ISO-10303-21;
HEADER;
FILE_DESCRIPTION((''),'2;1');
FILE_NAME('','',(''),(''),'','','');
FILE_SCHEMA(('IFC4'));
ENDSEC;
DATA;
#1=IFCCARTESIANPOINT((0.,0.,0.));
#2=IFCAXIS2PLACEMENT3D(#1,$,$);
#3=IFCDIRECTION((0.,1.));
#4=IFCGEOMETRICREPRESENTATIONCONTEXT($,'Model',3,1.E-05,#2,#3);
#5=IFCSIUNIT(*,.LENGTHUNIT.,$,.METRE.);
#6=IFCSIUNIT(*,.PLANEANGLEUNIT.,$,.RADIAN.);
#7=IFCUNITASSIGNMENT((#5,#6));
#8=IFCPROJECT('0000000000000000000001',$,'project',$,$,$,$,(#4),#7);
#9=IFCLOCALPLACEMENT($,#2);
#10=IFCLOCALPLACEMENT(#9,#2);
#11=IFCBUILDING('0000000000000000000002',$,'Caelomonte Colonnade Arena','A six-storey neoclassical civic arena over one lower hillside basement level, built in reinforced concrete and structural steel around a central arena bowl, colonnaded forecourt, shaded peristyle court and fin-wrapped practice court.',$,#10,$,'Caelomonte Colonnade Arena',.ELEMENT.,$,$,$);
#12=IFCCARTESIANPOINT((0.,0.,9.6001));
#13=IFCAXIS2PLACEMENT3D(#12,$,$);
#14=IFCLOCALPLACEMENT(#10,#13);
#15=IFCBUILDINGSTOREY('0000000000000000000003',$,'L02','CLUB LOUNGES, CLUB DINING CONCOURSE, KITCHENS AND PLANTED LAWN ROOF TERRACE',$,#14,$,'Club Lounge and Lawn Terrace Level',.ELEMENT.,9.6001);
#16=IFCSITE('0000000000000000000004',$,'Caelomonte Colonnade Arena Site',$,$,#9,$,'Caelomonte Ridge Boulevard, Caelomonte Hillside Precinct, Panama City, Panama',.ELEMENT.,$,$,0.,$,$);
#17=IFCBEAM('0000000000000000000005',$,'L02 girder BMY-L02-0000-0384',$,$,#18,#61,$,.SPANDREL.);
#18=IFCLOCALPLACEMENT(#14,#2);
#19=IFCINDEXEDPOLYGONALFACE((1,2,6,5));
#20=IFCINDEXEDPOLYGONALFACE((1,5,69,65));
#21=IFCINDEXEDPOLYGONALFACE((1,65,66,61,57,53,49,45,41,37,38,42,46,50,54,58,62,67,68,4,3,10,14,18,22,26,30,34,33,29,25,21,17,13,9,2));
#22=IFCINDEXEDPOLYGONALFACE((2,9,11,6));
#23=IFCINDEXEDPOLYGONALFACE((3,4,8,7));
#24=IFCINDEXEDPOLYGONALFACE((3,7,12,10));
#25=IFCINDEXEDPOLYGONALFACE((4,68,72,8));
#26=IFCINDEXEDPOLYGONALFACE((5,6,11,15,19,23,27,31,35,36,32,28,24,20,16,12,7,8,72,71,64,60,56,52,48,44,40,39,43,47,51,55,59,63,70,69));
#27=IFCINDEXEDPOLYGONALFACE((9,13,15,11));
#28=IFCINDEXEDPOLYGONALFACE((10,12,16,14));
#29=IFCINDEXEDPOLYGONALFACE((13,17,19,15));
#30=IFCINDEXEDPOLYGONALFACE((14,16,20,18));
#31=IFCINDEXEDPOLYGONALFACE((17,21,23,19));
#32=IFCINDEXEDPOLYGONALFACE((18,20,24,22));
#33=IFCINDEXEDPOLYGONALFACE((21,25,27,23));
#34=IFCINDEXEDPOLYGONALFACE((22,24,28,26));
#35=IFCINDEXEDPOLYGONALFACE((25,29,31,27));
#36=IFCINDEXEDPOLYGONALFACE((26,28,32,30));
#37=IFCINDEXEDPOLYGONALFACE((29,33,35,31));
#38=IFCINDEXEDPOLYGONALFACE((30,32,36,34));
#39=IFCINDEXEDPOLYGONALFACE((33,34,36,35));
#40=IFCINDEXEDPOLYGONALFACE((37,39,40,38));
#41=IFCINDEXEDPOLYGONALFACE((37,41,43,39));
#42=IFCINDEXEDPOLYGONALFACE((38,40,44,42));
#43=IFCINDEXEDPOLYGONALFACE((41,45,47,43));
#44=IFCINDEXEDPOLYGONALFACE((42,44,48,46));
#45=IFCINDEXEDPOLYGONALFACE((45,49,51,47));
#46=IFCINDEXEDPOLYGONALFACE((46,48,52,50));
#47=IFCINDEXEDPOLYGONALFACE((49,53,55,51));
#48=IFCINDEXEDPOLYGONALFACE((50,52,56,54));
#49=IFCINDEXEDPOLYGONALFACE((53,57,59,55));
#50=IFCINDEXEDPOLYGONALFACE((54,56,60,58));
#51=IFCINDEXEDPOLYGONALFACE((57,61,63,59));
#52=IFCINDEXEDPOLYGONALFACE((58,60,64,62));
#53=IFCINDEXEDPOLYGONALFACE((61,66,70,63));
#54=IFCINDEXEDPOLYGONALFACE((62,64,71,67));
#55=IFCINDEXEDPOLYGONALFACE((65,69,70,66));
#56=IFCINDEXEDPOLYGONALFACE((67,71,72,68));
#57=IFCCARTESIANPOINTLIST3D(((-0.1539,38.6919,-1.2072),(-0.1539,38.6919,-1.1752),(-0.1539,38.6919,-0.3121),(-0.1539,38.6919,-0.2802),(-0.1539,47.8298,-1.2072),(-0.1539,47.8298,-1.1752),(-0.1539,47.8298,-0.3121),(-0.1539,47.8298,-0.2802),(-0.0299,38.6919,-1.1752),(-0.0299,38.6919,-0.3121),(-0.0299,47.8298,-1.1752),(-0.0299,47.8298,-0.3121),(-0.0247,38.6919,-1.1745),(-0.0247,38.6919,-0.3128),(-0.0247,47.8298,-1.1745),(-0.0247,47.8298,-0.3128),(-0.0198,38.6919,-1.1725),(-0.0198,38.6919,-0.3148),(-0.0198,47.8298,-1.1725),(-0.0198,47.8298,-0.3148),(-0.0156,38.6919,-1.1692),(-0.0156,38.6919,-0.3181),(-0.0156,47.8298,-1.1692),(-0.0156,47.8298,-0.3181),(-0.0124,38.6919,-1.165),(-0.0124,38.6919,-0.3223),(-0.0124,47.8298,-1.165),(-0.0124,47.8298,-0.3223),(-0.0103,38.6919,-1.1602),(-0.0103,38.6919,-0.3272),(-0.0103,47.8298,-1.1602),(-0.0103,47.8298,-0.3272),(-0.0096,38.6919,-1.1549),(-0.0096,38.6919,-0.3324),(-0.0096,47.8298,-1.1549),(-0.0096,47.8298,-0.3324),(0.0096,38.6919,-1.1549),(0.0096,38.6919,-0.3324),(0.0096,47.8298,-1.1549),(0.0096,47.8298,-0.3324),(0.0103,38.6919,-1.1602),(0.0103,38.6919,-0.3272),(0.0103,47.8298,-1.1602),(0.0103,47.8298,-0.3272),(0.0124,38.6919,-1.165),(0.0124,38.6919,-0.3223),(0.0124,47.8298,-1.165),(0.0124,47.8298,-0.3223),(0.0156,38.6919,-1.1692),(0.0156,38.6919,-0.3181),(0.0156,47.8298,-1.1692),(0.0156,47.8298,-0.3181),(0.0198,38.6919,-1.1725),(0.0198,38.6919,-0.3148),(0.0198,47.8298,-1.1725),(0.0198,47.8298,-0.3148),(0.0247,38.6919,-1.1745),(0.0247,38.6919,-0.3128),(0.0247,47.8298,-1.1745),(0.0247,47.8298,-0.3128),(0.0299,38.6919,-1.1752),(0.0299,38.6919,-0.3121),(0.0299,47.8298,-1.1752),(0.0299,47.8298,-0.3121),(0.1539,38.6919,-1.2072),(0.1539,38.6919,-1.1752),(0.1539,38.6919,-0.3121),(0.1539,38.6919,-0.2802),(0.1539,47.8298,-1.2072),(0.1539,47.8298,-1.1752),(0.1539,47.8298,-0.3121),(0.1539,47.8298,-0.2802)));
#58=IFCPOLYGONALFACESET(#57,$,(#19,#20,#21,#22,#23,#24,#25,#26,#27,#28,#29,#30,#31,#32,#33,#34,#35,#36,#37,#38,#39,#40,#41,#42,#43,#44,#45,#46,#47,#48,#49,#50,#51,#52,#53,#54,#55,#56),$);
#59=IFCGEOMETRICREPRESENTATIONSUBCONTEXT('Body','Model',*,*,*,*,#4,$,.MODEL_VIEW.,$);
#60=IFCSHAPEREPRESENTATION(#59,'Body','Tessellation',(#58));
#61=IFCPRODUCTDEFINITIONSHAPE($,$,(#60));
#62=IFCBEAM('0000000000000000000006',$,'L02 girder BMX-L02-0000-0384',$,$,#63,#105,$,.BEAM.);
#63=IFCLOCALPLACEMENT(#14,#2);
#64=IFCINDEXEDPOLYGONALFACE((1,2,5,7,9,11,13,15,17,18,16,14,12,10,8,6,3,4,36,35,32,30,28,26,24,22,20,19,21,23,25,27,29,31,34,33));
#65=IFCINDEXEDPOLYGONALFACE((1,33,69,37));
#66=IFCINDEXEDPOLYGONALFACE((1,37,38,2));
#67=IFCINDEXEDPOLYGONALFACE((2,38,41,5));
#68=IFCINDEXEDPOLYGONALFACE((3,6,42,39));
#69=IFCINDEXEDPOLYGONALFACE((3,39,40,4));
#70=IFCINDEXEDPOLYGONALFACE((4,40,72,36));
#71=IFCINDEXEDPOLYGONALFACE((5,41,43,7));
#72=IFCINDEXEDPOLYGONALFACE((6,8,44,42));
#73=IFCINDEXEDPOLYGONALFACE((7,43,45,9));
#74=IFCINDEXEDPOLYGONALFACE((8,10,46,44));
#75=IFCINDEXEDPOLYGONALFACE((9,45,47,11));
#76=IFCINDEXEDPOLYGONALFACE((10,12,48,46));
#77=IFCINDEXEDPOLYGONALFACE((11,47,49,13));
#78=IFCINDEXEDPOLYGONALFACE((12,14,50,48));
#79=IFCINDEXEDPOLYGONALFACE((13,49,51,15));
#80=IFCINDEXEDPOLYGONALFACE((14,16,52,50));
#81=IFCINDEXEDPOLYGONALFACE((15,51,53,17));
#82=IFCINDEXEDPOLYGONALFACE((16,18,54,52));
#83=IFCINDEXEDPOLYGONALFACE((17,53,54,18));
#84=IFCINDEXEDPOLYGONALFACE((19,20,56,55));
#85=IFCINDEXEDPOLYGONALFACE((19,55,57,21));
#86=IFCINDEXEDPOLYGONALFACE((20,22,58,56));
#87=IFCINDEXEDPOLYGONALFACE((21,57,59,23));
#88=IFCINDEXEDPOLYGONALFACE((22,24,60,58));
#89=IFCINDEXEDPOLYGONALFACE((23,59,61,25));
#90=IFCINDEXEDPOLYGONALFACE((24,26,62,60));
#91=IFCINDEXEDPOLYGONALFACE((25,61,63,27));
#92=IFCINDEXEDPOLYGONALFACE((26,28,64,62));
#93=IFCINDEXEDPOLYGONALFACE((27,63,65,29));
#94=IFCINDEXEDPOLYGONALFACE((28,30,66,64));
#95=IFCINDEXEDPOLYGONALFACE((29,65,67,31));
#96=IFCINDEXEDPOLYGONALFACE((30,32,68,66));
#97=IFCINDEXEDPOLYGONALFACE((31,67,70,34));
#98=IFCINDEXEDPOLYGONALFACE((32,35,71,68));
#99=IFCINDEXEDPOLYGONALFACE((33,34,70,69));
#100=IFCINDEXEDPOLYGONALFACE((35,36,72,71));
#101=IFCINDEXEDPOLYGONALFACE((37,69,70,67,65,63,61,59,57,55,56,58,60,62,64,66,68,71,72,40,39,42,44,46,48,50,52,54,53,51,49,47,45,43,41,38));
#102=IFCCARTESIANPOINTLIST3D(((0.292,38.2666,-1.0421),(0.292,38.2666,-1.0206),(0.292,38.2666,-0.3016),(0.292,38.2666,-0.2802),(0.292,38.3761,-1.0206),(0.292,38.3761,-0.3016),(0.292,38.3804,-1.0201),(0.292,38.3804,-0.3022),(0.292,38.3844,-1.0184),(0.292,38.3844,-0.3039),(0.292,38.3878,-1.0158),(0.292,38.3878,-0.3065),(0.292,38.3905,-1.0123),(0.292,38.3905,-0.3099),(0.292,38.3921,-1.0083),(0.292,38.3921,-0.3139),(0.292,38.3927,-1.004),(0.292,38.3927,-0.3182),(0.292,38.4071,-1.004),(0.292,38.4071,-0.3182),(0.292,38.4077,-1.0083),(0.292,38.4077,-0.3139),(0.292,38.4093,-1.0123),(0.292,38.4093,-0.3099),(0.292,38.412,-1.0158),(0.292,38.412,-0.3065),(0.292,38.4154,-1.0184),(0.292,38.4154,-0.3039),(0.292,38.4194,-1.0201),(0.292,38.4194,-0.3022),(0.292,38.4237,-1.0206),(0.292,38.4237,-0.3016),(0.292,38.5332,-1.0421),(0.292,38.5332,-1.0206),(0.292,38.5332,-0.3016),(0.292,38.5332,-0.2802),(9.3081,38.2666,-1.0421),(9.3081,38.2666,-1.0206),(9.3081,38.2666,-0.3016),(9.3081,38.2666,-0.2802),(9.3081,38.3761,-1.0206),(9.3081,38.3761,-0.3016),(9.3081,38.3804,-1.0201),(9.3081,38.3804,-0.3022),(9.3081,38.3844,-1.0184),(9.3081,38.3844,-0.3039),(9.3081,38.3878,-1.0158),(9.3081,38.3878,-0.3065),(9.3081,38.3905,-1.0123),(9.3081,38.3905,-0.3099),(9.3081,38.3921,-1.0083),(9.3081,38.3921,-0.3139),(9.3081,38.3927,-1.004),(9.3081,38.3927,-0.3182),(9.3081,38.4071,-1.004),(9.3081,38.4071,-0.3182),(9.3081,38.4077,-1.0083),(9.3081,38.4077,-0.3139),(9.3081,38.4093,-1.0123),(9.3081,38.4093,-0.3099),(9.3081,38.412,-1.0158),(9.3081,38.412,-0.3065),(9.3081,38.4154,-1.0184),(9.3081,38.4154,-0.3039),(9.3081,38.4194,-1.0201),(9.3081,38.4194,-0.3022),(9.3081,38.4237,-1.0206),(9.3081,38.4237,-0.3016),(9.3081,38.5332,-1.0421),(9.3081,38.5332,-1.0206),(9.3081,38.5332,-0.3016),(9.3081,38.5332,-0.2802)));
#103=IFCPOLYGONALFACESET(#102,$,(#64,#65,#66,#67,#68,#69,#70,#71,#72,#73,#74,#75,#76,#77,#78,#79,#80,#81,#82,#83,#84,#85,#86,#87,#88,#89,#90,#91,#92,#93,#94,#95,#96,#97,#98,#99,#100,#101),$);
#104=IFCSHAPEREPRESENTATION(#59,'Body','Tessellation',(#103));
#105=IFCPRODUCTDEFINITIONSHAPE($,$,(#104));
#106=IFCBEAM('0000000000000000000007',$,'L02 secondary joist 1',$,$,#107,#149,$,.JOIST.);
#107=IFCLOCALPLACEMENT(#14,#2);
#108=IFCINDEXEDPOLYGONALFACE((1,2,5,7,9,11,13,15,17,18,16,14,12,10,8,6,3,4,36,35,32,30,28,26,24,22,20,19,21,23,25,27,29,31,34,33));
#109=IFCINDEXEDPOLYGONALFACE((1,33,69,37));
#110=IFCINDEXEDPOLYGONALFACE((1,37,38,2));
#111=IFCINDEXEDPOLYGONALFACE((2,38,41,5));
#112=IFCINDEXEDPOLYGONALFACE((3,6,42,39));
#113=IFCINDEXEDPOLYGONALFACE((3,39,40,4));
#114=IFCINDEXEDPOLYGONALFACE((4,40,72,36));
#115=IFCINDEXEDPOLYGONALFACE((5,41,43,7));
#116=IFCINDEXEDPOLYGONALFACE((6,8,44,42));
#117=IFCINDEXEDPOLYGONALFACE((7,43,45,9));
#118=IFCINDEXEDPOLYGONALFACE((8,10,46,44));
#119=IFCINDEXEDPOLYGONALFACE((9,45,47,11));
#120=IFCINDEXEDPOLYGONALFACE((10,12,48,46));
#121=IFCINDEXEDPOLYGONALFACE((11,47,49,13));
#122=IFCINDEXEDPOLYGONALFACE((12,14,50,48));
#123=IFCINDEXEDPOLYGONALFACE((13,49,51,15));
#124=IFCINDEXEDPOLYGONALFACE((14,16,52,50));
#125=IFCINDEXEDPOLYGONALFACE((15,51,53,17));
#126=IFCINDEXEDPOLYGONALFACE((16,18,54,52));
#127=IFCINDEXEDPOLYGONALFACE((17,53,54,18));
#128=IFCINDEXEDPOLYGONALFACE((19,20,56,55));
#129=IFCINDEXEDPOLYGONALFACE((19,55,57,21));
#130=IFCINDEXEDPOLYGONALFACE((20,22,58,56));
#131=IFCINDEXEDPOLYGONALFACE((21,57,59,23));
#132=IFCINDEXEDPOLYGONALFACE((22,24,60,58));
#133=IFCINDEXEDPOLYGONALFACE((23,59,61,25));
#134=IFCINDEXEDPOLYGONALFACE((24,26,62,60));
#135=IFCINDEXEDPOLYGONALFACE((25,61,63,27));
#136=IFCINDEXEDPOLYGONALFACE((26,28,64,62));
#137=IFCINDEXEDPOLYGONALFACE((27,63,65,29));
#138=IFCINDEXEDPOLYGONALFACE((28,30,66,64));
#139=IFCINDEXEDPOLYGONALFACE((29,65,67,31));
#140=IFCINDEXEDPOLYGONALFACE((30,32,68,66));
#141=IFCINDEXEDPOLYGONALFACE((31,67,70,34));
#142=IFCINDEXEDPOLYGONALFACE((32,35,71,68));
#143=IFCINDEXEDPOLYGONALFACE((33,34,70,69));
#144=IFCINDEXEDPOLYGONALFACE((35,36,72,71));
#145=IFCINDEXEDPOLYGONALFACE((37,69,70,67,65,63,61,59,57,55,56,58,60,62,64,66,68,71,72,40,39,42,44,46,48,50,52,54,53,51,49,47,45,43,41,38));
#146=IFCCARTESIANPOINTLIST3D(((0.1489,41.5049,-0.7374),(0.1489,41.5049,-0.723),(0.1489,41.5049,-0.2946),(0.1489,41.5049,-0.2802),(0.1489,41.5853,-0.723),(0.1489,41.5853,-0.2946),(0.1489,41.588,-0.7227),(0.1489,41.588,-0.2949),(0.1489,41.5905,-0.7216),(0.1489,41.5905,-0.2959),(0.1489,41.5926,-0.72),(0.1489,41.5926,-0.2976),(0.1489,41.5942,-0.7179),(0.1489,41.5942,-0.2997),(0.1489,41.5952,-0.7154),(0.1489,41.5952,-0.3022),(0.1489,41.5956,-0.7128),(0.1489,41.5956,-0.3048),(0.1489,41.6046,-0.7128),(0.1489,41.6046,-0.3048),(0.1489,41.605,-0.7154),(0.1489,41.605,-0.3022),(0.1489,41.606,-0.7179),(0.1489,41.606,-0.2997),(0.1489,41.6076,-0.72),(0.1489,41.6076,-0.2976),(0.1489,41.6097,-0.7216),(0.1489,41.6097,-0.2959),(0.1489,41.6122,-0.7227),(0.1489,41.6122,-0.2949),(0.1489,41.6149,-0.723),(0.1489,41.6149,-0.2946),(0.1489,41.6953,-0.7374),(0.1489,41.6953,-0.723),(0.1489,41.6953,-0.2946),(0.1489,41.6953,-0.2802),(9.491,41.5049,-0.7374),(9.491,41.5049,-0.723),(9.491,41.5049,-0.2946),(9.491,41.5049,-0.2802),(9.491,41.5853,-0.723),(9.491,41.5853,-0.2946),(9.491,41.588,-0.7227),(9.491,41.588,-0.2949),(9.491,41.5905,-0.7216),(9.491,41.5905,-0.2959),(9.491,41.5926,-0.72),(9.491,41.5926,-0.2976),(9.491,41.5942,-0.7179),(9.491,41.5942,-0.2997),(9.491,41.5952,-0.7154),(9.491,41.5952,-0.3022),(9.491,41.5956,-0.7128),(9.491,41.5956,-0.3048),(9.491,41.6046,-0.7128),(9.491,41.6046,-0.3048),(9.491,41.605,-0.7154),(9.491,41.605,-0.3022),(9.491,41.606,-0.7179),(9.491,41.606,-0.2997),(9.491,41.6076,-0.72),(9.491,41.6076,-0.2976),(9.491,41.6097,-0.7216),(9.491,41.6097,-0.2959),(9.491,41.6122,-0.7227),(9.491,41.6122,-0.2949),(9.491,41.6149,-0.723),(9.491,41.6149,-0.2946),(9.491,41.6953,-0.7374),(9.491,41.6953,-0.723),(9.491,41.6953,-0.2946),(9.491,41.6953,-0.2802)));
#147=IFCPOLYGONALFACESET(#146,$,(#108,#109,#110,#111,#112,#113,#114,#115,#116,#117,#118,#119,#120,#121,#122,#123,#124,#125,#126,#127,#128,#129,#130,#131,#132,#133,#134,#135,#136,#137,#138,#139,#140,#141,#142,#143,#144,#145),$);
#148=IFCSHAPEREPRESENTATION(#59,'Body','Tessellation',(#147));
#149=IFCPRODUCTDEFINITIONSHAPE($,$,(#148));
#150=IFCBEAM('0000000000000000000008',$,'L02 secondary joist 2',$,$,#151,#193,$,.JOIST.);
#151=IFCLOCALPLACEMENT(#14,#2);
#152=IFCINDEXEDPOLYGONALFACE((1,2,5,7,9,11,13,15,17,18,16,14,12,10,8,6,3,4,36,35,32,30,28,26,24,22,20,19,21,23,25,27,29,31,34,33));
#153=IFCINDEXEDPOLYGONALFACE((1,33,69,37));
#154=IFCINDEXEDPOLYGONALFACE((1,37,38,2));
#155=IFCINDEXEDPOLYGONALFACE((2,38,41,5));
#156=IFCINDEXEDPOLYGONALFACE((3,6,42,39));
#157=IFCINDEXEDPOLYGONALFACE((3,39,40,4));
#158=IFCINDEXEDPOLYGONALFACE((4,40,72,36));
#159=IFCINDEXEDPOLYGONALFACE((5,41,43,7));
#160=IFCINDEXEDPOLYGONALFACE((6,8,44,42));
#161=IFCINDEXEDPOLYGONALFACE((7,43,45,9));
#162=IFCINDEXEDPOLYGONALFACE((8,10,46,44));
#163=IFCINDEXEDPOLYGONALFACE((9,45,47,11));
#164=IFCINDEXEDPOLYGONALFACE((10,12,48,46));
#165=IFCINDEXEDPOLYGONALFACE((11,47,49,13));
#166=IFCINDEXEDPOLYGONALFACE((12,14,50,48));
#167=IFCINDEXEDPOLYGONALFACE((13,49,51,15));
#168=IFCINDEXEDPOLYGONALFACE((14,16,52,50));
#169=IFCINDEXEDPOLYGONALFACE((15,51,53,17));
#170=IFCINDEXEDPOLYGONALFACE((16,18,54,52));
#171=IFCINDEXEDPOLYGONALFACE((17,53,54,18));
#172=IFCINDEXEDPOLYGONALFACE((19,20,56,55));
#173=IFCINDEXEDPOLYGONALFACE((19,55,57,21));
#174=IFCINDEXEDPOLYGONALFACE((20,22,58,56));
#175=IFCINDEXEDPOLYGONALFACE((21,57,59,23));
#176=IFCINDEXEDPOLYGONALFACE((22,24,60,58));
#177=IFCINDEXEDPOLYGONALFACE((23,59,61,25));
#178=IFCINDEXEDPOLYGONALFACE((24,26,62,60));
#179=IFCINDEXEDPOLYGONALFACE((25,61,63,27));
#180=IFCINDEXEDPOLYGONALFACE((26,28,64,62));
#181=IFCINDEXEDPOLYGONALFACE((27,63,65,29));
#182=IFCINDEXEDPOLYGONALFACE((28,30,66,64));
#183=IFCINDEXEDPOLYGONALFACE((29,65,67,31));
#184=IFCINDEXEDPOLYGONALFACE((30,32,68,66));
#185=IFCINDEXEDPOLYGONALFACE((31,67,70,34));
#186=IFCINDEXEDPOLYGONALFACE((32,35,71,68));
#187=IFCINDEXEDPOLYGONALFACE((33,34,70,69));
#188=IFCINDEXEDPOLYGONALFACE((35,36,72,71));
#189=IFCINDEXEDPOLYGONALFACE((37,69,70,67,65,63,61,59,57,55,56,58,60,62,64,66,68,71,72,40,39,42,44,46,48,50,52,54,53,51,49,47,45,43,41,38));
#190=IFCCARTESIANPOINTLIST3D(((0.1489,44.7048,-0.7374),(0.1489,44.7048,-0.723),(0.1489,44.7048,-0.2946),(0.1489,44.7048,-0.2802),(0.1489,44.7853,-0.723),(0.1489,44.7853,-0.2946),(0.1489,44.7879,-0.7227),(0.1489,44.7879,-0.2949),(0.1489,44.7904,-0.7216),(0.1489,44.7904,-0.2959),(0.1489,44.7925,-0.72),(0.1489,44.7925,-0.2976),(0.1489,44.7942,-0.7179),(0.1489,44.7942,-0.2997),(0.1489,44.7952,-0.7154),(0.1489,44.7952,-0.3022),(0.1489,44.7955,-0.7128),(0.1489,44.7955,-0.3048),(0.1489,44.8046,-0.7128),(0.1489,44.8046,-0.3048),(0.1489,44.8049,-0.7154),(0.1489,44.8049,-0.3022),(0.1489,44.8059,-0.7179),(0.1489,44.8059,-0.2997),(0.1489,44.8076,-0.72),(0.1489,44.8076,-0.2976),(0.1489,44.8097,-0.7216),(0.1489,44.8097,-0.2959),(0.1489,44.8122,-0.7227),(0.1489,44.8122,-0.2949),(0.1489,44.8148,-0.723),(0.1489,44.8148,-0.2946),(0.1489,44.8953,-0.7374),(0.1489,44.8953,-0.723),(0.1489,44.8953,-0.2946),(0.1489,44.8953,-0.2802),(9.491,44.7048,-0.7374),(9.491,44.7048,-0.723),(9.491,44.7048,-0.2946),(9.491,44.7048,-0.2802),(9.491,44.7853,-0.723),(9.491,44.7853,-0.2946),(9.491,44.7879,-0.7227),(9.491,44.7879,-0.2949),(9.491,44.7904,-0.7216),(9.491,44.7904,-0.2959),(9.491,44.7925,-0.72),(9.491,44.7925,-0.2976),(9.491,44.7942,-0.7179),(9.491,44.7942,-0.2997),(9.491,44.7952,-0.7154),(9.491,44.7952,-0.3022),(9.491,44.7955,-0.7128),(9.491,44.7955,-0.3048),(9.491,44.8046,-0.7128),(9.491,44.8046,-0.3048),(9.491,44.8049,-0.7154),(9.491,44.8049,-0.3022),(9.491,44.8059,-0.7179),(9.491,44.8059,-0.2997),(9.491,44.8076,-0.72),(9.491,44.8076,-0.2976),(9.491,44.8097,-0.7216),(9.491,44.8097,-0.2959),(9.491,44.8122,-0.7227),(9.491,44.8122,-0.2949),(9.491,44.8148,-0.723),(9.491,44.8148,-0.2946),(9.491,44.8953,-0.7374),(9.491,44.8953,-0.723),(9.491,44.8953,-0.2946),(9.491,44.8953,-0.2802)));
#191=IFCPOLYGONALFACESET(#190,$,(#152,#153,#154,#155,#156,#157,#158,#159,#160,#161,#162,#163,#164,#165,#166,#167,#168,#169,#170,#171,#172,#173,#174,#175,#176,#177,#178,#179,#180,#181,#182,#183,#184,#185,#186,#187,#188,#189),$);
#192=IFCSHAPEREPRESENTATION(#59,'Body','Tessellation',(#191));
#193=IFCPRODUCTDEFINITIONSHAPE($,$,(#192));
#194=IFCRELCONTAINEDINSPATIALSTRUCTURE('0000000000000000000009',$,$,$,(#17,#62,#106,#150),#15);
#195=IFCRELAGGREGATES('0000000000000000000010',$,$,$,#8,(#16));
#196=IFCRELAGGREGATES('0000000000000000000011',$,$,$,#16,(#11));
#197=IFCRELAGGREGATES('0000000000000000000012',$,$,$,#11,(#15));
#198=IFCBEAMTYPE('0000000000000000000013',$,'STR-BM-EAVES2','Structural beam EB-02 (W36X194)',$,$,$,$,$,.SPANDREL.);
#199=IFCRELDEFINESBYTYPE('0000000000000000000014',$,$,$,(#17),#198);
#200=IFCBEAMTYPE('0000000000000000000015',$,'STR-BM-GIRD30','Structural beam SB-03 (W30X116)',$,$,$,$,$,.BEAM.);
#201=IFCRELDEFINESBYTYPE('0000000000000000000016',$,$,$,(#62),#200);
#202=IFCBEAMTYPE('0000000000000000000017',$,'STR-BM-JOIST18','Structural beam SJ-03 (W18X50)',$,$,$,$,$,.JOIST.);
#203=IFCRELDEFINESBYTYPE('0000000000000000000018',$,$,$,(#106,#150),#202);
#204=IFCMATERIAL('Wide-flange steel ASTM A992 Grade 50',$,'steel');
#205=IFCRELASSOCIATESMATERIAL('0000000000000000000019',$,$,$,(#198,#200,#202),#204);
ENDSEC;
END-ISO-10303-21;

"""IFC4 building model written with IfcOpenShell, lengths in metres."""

from ifc_helpers import new_model, si_unit, direction, frame, origin, origin_2d, place, context, subcontext, project, spatial, i_section, extrude, material, material_profile, profile_set, type_object, element, save


model = new_model("IFC4")

# Units and contexts
model_context = context("Model", 3, precision=1e-05, world=origin(), true_north=direction((0.0, 1.0)))
body_context = subcontext(model_context, "Body", "Model", "MODEL_VIEW")
ifc_project = project(units=[si_unit("LENGTHUNIT", "METRE"), si_unit("PLANEANGLEUNIT", "RADIAN")], contexts=[model_context])

# Site, building, storey
site_placement = place(None, origin())
site = spatial("IfcSite", under=ifc_project, at=site_placement, Name="Caelomonte Colonnade Arena Site", LongName="Caelomonte Ridge Boulevard, Caelomonte Hillside Precinct, Panama City, Panama", CompositionType="ELEMENT", RefElevation=0.0)
building_placement = place(site_placement, origin())
building = spatial("IfcBuilding", under=site, at=building_placement, Name="Caelomonte Colonnade Arena", Description="A six-storey neoclassical civic arena over one lower hillside basement level, built in reinforced concrete and structural steel around a central arena bowl, colonnaded forecourt, shaded peristyle court and fin-wrapped practice court.", LongName="Caelomonte Colonnade Arena", CompositionType="ELEMENT")
storey_placement = place(building_placement, frame((0.0, 0.0, 9.6001)))
storey = spatial("IfcBuildingStorey", under=building, at=storey_placement, Name="L02", Description="CLUB LOUNGES, CLUB DINING CONCOURSE, KITCHENS AND PLANTED LAWN ROOF TERRACE", LongName="Club Lounge and Lawn Terrace Level", CompositionType="ELEMENT", Elevation=9.6001)

# Beams
ifc_material_1 = material(Name="Wide-flange steel ASTM A992 Grade 50", Category="steel")
ifc_material_profile_1 = material_profile(ifc_material_1, i_section(OverallWidth=0.3079, OverallDepth=0.927, WebThickness=0.0193, FlangeThickness=0.032, FilletRadius=0.0203, at=origin_2d()), Name="W36X194")
ifc_profile_set_1 = profile_set([ifc_material_profile_1], Name="Wide-flange steel ASTM A992 Grade 50")
beam_type_1 = type_object("IfcBeamType", Name="STR-BM-EAVES2", Description="Structural beam EB-02 (W36X194)", PredefinedType="SPANDREL", material=ifc_profile_set_1)
beam_1_placement = place(storey_placement, frame((0.0, 38.6919, -0.7437), z_axis=(0.0, 1.0, 0.0), x_axis=(-1.0, 0.0, 0.0)))
element("IfcBeam", 1, at=beam_1_placement, inside=storey, type_object=beam_type_1, Name="L02 girder BMY-L02-0000-0384", PredefinedType="SPANDREL", context=body_context, shape_type="SweptSolid", body=[
    extrude(i_section(OverallWidth=0.3079, OverallDepth=0.927, WebThickness=0.0193, FlangeThickness=0.032, FilletRadius=0.0203, at=origin_2d()), origin(), (0.0, 0.0, 1.0), 9.1379),
])
ifc_material_profile_2 = material_profile(ifc_material_1, i_section(OverallWidth=0.2666, OverallDepth=0.762, WebThickness=0.0144, FlangeThickness=0.0215, FilletRadius=0.0166, at=origin_2d()), Name="W30X116")
ifc_profile_set_2 = profile_set([ifc_material_profile_2], Name="Wide-flange steel ASTM A992 Grade 50")
beam_type_2 = type_object("IfcBeamType", Name="STR-BM-GIRD30", Description="Structural beam SB-03 (W30X116)", PredefinedType="BEAM", material=ifc_profile_set_2)
beam_2_placement = place(storey_placement, frame((0.292, 38.3999, -0.6611), z_axis=(1.0, 0.0, 0.0), x_axis=(0.0, 1.0, 0.0)))
element("IfcBeam", 2, at=beam_2_placement, inside=storey, type_object=beam_type_2, Name="L02 girder BMX-L02-0000-0384", PredefinedType="BEAM", context=body_context, shape_type="SweptSolid", body=[
    extrude(i_section(OverallWidth=0.2666, OverallDepth=0.762, WebThickness=0.0144, FlangeThickness=0.0215, FilletRadius=0.0166, at=origin_2d()), origin(), (0.0, 0.0, 1.0), 9.0161),
])
ifc_material_profile_3 = material_profile(ifc_material_1, i_section(OverallWidth=0.1904, OverallDepth=0.4573, WebThickness=0.009, FlangeThickness=0.0144, FilletRadius=0.0103, at=origin_2d()), Name="W18X50")
ifc_profile_set_3 = profile_set([ifc_material_profile_3], Name="Wide-flange steel ASTM A992 Grade 50")
beam_type_3 = type_object("IfcBeamType", Name="STR-BM-JOIST18", Description="Structural beam SJ-03 (W18X50)", PredefinedType="JOIST", material=ifc_profile_set_3)
for number, where, z_axis, x_axis, name in (
    (3, (0.1489, 41.6001, -0.5088), (1.0, 0.0, 0.0), (0.0, 1.0, 0.0), "L02 secondary joist 1"),
    (4, (0.1489, 44.8, -0.5088), (1.0, 0.0, 0.0), (0.0, 1.0, 0.0), "L02 secondary joist 2"),
):
    element("IfcBeam", number, at=place(storey_placement, frame(where, z_axis=z_axis, x_axis=x_axis)), inside=storey, type_object=beam_type_3, Name=name, PredefinedType="JOIST", context=body_context, shape_type="SweptSolid", body=[
        extrude(i_section(OverallWidth=0.1904, OverallDepth=0.4573, WebThickness=0.009, FlangeThickness=0.0144, FilletRadius=0.0103, at=origin_2d()), origin(), (0.0, 0.0, 1.0), 9.342),
    ])

save(model, "model.ifc")
